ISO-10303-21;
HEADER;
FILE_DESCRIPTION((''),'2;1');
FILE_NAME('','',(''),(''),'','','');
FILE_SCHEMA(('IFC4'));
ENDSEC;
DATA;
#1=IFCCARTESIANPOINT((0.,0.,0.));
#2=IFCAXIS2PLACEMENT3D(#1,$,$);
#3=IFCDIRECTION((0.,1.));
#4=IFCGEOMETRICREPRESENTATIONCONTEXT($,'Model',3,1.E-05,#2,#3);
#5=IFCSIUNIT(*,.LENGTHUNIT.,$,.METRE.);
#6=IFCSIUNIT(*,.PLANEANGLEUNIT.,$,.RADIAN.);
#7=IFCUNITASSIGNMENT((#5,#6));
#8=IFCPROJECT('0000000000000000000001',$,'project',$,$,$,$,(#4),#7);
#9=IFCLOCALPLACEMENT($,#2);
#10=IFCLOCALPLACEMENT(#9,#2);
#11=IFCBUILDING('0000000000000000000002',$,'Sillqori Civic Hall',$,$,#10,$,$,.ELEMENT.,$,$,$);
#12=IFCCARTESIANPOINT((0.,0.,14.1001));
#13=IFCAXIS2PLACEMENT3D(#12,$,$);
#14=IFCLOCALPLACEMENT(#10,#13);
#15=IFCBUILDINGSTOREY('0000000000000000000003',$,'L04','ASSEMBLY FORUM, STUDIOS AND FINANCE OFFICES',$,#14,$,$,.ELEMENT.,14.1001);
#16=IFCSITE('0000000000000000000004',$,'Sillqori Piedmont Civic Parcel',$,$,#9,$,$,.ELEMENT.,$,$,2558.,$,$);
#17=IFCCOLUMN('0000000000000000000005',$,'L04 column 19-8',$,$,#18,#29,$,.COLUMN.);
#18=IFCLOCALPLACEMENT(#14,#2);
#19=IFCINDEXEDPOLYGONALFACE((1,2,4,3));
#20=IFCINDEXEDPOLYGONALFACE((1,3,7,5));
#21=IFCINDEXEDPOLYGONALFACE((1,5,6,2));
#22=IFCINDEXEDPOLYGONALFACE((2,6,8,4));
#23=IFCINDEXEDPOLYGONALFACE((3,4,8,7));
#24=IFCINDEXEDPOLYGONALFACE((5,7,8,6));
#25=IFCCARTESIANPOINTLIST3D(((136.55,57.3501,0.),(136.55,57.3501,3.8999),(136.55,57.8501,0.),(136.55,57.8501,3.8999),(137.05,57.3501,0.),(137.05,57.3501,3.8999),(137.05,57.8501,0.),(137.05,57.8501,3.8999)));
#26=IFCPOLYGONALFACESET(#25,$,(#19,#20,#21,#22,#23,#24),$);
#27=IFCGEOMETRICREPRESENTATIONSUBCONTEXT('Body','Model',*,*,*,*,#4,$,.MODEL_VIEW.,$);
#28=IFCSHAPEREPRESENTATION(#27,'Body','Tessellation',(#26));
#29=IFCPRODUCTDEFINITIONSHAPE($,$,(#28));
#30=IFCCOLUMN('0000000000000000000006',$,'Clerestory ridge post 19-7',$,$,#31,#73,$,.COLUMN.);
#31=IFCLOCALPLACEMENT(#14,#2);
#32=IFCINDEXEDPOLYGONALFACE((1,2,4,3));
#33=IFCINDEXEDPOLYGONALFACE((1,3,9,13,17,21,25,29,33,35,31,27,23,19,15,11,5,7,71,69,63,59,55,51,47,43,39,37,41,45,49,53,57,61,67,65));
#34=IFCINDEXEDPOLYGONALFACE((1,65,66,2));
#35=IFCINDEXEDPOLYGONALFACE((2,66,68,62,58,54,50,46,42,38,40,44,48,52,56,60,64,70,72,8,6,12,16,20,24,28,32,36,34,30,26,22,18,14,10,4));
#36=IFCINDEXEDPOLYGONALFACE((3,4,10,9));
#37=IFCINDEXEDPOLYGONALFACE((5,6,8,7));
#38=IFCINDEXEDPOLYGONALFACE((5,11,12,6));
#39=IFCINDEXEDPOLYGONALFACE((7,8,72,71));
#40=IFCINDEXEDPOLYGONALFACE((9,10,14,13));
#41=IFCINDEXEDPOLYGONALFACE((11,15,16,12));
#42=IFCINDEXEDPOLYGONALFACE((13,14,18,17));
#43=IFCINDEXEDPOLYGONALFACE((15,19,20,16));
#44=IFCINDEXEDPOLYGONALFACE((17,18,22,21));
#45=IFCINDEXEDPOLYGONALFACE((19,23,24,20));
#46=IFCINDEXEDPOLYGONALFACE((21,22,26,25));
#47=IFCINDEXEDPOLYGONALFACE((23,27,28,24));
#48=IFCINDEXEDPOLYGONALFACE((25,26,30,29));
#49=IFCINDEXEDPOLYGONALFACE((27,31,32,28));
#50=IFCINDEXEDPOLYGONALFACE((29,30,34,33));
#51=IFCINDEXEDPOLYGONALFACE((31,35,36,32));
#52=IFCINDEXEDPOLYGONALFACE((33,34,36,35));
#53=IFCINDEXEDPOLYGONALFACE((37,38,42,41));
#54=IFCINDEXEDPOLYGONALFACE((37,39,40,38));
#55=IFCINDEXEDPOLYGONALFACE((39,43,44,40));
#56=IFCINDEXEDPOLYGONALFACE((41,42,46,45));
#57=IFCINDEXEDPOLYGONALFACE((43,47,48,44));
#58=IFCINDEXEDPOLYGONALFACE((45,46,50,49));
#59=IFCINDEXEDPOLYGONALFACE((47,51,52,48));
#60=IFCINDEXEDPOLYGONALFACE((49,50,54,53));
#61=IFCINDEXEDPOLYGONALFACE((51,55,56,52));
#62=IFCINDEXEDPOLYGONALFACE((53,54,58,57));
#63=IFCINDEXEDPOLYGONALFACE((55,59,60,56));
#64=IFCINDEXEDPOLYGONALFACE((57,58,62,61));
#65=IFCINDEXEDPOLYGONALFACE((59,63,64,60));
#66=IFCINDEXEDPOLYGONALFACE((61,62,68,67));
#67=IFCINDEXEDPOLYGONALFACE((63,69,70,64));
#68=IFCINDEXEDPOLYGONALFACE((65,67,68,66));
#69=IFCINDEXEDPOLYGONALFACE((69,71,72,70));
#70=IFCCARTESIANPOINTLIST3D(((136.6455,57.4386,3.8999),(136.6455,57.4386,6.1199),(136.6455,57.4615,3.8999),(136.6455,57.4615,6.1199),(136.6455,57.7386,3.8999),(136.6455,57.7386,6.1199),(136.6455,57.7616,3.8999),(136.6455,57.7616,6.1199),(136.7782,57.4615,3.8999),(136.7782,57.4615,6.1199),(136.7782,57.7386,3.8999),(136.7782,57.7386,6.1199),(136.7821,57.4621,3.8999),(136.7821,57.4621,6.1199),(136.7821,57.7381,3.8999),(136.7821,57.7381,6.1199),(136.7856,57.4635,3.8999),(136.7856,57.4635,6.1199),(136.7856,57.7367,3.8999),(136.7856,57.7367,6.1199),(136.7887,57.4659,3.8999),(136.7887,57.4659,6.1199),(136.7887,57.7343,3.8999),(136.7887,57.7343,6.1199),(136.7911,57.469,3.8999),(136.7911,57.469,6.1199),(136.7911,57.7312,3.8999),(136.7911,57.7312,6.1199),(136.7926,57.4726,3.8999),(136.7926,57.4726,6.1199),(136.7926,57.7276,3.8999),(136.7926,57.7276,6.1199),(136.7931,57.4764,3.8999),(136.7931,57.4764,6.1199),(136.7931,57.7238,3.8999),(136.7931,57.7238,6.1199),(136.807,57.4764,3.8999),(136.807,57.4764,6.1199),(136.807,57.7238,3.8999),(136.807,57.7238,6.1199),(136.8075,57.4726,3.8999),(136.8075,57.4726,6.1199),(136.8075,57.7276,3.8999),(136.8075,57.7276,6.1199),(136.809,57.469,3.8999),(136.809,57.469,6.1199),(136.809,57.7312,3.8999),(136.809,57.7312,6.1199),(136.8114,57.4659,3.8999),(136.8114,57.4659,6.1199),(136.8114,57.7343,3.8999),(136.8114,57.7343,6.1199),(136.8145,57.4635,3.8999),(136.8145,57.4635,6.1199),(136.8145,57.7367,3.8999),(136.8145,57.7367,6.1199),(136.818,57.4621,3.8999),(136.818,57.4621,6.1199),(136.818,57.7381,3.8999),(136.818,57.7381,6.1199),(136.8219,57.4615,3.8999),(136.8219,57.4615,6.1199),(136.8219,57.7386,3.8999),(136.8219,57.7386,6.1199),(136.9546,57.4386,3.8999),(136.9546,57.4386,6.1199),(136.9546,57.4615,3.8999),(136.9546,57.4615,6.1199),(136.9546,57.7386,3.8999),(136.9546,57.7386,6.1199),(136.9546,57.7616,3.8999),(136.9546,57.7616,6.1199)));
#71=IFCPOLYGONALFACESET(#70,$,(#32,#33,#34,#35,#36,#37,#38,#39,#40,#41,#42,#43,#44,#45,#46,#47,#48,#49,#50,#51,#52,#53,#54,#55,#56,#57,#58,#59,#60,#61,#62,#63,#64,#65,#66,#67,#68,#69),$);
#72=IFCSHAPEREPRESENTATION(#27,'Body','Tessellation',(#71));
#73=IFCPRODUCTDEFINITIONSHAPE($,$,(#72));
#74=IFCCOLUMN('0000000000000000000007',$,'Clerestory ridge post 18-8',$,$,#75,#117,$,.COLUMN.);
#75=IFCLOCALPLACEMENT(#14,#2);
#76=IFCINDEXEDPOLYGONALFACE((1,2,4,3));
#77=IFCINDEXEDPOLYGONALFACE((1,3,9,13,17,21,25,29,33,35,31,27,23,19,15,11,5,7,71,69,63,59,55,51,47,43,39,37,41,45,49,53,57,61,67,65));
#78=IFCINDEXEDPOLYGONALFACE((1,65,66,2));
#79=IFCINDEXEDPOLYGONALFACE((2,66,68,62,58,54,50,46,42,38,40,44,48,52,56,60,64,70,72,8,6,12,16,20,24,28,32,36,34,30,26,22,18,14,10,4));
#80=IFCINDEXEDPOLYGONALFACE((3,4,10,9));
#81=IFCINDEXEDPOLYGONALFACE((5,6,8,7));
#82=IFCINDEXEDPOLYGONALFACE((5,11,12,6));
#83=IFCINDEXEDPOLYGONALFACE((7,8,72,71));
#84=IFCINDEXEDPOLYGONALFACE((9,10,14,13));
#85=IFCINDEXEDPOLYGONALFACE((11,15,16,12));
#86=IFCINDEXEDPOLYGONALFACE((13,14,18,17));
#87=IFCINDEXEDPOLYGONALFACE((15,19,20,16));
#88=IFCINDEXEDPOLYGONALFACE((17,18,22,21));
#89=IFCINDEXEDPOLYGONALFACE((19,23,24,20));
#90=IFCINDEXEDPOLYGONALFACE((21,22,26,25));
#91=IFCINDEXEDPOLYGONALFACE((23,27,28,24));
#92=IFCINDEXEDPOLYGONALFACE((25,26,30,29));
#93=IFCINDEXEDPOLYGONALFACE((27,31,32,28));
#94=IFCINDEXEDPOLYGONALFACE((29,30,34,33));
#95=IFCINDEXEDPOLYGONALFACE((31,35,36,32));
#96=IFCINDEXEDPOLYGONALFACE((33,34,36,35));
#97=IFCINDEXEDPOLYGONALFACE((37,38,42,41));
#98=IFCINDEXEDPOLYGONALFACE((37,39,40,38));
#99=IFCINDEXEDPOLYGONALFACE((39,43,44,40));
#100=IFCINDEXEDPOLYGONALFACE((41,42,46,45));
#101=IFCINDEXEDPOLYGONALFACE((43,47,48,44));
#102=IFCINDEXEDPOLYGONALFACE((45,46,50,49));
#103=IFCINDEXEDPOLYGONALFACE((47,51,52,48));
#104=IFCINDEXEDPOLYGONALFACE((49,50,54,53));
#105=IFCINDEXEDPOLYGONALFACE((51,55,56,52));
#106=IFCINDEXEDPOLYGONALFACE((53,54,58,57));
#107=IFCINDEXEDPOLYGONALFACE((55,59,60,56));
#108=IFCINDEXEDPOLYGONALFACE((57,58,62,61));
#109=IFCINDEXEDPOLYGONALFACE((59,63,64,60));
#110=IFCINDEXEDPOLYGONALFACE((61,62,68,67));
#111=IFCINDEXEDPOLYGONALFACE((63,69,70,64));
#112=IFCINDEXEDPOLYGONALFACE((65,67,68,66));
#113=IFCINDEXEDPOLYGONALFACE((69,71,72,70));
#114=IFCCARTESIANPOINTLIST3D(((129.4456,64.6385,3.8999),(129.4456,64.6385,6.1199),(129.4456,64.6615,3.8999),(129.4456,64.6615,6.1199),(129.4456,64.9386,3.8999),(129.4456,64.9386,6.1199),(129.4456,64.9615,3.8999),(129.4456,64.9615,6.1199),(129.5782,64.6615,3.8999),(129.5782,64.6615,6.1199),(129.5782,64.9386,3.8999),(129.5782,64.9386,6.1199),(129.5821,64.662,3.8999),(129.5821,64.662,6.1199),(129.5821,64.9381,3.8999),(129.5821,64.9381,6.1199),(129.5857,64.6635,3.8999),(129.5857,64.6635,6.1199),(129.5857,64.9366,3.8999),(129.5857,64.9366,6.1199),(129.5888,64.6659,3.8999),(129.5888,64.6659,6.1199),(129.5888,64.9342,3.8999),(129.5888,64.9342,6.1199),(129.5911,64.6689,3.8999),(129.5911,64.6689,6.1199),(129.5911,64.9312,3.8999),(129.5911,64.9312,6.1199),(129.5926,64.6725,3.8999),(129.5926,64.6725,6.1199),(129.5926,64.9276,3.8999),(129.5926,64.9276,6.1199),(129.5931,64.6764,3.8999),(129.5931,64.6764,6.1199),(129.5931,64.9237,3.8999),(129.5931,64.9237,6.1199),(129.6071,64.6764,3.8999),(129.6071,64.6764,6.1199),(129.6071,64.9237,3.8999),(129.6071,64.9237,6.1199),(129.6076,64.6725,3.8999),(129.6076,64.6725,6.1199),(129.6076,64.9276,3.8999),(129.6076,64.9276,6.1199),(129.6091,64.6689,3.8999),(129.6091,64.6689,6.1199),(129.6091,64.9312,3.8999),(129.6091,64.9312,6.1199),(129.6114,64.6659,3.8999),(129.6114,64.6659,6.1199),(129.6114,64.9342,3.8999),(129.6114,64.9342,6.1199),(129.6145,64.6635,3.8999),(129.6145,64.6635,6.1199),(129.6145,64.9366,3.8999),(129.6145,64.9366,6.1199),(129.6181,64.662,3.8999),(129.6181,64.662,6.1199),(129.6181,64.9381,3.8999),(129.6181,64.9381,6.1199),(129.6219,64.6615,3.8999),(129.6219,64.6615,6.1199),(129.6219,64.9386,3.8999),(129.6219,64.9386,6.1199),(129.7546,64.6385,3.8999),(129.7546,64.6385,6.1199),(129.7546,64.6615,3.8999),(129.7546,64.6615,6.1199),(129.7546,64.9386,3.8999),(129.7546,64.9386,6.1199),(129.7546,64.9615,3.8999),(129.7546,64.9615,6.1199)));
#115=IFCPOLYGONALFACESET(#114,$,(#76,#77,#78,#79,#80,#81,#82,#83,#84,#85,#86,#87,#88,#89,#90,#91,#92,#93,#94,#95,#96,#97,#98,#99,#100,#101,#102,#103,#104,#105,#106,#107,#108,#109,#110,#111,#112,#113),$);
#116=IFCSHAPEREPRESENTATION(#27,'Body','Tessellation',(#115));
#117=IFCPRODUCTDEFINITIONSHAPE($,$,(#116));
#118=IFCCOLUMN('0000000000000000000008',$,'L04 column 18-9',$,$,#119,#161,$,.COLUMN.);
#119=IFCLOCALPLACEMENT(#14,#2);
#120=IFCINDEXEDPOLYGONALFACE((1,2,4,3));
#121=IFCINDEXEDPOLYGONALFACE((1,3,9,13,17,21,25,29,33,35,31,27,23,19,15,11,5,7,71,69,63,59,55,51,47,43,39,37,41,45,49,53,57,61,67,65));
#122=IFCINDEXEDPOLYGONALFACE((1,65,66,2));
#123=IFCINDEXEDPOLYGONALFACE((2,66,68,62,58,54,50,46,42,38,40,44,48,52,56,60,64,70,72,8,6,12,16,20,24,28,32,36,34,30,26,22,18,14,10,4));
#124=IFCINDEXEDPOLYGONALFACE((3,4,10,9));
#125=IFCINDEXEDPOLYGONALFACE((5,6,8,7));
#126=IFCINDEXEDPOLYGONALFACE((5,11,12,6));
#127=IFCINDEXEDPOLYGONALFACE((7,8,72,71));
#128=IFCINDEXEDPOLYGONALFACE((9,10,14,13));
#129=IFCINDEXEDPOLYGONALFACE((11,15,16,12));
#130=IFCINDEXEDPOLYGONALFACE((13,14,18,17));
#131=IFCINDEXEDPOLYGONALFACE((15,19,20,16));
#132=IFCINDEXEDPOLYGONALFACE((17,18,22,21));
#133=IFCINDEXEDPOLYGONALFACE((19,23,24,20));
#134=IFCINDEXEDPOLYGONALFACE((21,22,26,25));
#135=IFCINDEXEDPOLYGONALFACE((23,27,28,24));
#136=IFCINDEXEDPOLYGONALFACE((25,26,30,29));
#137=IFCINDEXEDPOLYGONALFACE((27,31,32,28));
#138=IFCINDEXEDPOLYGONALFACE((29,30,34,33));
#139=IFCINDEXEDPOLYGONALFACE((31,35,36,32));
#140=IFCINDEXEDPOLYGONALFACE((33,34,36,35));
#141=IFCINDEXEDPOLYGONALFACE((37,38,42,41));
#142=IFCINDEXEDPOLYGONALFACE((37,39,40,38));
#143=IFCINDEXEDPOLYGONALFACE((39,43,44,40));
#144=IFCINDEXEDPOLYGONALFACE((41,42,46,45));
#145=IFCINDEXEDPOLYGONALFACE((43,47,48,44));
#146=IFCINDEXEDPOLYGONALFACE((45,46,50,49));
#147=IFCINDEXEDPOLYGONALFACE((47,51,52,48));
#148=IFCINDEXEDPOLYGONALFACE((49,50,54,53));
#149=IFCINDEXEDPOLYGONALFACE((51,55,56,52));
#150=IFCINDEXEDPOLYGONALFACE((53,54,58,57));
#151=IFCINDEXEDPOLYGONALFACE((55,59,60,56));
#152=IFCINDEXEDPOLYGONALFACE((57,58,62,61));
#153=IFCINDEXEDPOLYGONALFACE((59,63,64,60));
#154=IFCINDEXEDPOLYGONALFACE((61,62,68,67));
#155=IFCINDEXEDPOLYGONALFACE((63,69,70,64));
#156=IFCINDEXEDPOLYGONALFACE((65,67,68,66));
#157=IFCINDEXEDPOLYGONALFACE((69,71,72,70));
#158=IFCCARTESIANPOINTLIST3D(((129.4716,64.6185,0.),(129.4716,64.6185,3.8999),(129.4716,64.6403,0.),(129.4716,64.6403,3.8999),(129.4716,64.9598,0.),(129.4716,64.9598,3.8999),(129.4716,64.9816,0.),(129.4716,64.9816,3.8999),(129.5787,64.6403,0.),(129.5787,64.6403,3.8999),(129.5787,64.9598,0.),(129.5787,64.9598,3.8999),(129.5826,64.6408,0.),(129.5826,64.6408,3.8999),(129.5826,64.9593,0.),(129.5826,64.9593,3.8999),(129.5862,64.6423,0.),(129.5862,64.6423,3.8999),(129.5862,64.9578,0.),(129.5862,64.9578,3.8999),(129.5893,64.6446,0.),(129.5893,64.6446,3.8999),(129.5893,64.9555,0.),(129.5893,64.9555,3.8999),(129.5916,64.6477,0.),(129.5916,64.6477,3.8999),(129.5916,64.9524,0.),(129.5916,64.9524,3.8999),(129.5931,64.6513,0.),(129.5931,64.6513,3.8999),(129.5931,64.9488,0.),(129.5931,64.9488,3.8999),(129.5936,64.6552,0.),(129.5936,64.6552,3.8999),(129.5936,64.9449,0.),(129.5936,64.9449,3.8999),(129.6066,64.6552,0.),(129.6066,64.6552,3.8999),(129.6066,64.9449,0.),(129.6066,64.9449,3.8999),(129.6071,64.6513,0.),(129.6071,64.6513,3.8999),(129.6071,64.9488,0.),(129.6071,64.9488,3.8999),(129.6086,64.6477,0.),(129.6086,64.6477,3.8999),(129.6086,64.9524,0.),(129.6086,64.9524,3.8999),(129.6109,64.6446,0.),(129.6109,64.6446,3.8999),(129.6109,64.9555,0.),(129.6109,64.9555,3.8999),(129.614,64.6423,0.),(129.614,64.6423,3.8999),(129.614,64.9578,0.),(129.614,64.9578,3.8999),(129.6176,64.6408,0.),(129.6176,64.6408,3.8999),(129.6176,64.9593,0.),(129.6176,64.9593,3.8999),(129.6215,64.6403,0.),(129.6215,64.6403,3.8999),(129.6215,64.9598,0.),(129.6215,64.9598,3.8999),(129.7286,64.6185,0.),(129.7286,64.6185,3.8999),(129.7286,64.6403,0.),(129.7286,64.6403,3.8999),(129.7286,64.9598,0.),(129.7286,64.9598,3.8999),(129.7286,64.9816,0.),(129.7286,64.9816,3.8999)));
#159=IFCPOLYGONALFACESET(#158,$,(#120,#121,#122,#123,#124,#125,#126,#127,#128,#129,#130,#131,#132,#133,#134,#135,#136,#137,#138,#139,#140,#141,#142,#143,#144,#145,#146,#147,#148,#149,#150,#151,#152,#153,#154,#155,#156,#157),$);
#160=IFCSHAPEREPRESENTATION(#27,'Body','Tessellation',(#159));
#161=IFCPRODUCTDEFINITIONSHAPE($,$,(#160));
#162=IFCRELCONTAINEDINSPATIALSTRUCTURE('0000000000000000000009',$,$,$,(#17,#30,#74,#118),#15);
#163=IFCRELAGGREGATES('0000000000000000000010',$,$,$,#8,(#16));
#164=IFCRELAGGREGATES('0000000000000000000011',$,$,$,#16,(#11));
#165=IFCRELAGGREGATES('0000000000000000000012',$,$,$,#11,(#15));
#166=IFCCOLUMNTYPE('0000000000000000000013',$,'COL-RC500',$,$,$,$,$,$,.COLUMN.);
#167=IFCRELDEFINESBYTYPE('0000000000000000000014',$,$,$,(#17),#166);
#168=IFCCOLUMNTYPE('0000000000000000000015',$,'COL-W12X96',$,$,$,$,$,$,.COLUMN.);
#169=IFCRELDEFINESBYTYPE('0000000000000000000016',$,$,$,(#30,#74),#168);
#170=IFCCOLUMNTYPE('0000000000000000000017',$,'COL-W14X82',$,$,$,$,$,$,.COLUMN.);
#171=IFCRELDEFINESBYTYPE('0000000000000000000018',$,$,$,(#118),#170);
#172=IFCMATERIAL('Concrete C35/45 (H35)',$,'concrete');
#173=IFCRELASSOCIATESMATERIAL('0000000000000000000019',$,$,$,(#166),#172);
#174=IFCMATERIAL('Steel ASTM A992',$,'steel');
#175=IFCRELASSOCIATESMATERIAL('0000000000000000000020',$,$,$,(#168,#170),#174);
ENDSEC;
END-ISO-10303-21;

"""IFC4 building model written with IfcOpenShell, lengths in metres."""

from ifc_helpers import new_model, si_unit, direction, frame, origin, origin_2d, place, context, subcontext, project, spatial, rectangle, i_section, extrude, material, material_profile, profile_set, type_object, element, save


model = new_model("IFC4")

# Units and contexts
model_context = context("Model", 3, precision=1e-05, world=origin(), true_north=direction((0.0, 1.0)))
body_context = subcontext(model_context, "Body", "Model", "MODEL_VIEW")
ifc_project = project(units=[si_unit("LENGTHUNIT", "METRE"), si_unit("PLANEANGLEUNIT", "RADIAN")], contexts=[model_context])

# Site, building, storey
site_placement = place(None, origin())
site = spatial("IfcSite", under=ifc_project, at=site_placement, Name="Sillqori Piedmont Civic Parcel", CompositionType="ELEMENT", RefElevation=2558.0)
building_placement = place(site_placement, origin())
building = spatial("IfcBuilding", under=site, at=building_placement, Name="Sillqori Civic Hall", CompositionType="ELEMENT")
storey_placement = place(building_placement, frame((0.0, 0.0, 14.1001)))
storey = spatial("IfcBuildingStorey", under=building, at=storey_placement, Name="L04", Description="ASSEMBLY FORUM, STUDIOS AND FINANCE OFFICES", CompositionType="ELEMENT", Elevation=14.1001)

# Columns
ifc_material_1 = material(Name="Concrete C35/45 (H35)", Category="concrete")
ifc_material_profile_1 = material_profile(ifc_material_1, rectangle(XDim=0.5, YDim=0.5, at=origin_2d()), Name="RC 500x500")
ifc_profile_set_1 = profile_set([ifc_material_profile_1], Name="Concrete C35/45 (H35)")
column_type_1 = type_object("IfcColumnType", Name="COL-RC500", PredefinedType="COLUMN", material=ifc_profile_set_1)
column_1_placement = place(storey_placement, frame((136.8, 57.6001, 0.0), z_axis=(0.0, 0.0, 1.0), x_axis=(1.0, 0.0, 0.0)))
element("IfcColumn", 1, at=column_1_placement, inside=storey, type_object=column_type_1, Name="L04 column 19-8", PredefinedType="COLUMN", context=body_context, shape_type="SweptSolid", body=[
    extrude(rectangle(XDim=0.5, YDim=0.5, at=origin_2d()), origin(), (0.0, 0.0, 1.0), 3.8999),
])
ifc_material_2 = material(Name="Steel ASTM A992", Category="steel")
ifc_material_profile_2 = material_profile(ifc_material_2, i_section(OverallWidth=0.3091, OverallDepth=0.323, WebThickness=0.0139, FlangeThickness=0.0229, FilletRadius=0.0149, at=origin_2d()), Name="W12X96")
ifc_profile_set_2 = profile_set([ifc_material_profile_2], Name="Steel ASTM A992")
column_type_2 = type_object("IfcColumnType", Name="COL-W12X96", PredefinedType="COLUMN", material=ifc_profile_set_2)
for number, where, z_axis, x_axis, name in (
    (2, (136.8, 57.6001, 3.8999), (0.0, 0.0, 1.0), (1.0, 0.0, 0.0), "Clerestory ridge post 19-7"),
    (3, (129.6001, 64.8, 3.8999), (0.0, 0.0, 1.0), (1.0, 0.0, 0.0), "Clerestory ridge post 18-8"),
):
    element("IfcColumn", number, at=place(storey_placement, frame(where, z_axis=z_axis, x_axis=x_axis)), inside=storey, type_object=column_type_2, Name=name, PredefinedType="COLUMN", context=body_context, shape_type="SweptSolid", body=[
        extrude(i_section(OverallWidth=0.3091, OverallDepth=0.323, WebThickness=0.0139, FlangeThickness=0.0229, FilletRadius=0.0149, at=origin_2d()), origin(), (0.0, 0.0, 1.0), 2.22),
    ])
ifc_material_profile_3 = material_profile(ifc_material_2, i_section(OverallWidth=0.2571, OverallDepth=0.363, WebThickness=0.0129, FlangeThickness=0.0217, FilletRadius=0.0149, at=origin_2d()), Name="W14X82")
ifc_profile_set_3 = profile_set([ifc_material_profile_3], Name="Steel ASTM A992")
column_type_3 = type_object("IfcColumnType", Name="COL-W14X82", PredefinedType="COLUMN", material=ifc_profile_set_3)
column_2_placement = place(storey_placement, frame((129.6001, 64.8, 0.0), z_axis=(0.0, 0.0, 1.0), x_axis=(1.0, 0.0, 0.0)))
element("IfcColumn", 4, at=column_2_placement, inside=storey, type_object=column_type_3, Name="L04 column 18-9", PredefinedType="COLUMN", context=body_context, shape_type="SweptSolid", body=[
    extrude(i_section(OverallWidth=0.2571, OverallDepth=0.363, WebThickness=0.0129, FlangeThickness=0.0217, FilletRadius=0.0149, at=origin_2d()), origin(), (0.0, 0.0, 1.0), 3.8999),
])

save(model, "model.ifc")
